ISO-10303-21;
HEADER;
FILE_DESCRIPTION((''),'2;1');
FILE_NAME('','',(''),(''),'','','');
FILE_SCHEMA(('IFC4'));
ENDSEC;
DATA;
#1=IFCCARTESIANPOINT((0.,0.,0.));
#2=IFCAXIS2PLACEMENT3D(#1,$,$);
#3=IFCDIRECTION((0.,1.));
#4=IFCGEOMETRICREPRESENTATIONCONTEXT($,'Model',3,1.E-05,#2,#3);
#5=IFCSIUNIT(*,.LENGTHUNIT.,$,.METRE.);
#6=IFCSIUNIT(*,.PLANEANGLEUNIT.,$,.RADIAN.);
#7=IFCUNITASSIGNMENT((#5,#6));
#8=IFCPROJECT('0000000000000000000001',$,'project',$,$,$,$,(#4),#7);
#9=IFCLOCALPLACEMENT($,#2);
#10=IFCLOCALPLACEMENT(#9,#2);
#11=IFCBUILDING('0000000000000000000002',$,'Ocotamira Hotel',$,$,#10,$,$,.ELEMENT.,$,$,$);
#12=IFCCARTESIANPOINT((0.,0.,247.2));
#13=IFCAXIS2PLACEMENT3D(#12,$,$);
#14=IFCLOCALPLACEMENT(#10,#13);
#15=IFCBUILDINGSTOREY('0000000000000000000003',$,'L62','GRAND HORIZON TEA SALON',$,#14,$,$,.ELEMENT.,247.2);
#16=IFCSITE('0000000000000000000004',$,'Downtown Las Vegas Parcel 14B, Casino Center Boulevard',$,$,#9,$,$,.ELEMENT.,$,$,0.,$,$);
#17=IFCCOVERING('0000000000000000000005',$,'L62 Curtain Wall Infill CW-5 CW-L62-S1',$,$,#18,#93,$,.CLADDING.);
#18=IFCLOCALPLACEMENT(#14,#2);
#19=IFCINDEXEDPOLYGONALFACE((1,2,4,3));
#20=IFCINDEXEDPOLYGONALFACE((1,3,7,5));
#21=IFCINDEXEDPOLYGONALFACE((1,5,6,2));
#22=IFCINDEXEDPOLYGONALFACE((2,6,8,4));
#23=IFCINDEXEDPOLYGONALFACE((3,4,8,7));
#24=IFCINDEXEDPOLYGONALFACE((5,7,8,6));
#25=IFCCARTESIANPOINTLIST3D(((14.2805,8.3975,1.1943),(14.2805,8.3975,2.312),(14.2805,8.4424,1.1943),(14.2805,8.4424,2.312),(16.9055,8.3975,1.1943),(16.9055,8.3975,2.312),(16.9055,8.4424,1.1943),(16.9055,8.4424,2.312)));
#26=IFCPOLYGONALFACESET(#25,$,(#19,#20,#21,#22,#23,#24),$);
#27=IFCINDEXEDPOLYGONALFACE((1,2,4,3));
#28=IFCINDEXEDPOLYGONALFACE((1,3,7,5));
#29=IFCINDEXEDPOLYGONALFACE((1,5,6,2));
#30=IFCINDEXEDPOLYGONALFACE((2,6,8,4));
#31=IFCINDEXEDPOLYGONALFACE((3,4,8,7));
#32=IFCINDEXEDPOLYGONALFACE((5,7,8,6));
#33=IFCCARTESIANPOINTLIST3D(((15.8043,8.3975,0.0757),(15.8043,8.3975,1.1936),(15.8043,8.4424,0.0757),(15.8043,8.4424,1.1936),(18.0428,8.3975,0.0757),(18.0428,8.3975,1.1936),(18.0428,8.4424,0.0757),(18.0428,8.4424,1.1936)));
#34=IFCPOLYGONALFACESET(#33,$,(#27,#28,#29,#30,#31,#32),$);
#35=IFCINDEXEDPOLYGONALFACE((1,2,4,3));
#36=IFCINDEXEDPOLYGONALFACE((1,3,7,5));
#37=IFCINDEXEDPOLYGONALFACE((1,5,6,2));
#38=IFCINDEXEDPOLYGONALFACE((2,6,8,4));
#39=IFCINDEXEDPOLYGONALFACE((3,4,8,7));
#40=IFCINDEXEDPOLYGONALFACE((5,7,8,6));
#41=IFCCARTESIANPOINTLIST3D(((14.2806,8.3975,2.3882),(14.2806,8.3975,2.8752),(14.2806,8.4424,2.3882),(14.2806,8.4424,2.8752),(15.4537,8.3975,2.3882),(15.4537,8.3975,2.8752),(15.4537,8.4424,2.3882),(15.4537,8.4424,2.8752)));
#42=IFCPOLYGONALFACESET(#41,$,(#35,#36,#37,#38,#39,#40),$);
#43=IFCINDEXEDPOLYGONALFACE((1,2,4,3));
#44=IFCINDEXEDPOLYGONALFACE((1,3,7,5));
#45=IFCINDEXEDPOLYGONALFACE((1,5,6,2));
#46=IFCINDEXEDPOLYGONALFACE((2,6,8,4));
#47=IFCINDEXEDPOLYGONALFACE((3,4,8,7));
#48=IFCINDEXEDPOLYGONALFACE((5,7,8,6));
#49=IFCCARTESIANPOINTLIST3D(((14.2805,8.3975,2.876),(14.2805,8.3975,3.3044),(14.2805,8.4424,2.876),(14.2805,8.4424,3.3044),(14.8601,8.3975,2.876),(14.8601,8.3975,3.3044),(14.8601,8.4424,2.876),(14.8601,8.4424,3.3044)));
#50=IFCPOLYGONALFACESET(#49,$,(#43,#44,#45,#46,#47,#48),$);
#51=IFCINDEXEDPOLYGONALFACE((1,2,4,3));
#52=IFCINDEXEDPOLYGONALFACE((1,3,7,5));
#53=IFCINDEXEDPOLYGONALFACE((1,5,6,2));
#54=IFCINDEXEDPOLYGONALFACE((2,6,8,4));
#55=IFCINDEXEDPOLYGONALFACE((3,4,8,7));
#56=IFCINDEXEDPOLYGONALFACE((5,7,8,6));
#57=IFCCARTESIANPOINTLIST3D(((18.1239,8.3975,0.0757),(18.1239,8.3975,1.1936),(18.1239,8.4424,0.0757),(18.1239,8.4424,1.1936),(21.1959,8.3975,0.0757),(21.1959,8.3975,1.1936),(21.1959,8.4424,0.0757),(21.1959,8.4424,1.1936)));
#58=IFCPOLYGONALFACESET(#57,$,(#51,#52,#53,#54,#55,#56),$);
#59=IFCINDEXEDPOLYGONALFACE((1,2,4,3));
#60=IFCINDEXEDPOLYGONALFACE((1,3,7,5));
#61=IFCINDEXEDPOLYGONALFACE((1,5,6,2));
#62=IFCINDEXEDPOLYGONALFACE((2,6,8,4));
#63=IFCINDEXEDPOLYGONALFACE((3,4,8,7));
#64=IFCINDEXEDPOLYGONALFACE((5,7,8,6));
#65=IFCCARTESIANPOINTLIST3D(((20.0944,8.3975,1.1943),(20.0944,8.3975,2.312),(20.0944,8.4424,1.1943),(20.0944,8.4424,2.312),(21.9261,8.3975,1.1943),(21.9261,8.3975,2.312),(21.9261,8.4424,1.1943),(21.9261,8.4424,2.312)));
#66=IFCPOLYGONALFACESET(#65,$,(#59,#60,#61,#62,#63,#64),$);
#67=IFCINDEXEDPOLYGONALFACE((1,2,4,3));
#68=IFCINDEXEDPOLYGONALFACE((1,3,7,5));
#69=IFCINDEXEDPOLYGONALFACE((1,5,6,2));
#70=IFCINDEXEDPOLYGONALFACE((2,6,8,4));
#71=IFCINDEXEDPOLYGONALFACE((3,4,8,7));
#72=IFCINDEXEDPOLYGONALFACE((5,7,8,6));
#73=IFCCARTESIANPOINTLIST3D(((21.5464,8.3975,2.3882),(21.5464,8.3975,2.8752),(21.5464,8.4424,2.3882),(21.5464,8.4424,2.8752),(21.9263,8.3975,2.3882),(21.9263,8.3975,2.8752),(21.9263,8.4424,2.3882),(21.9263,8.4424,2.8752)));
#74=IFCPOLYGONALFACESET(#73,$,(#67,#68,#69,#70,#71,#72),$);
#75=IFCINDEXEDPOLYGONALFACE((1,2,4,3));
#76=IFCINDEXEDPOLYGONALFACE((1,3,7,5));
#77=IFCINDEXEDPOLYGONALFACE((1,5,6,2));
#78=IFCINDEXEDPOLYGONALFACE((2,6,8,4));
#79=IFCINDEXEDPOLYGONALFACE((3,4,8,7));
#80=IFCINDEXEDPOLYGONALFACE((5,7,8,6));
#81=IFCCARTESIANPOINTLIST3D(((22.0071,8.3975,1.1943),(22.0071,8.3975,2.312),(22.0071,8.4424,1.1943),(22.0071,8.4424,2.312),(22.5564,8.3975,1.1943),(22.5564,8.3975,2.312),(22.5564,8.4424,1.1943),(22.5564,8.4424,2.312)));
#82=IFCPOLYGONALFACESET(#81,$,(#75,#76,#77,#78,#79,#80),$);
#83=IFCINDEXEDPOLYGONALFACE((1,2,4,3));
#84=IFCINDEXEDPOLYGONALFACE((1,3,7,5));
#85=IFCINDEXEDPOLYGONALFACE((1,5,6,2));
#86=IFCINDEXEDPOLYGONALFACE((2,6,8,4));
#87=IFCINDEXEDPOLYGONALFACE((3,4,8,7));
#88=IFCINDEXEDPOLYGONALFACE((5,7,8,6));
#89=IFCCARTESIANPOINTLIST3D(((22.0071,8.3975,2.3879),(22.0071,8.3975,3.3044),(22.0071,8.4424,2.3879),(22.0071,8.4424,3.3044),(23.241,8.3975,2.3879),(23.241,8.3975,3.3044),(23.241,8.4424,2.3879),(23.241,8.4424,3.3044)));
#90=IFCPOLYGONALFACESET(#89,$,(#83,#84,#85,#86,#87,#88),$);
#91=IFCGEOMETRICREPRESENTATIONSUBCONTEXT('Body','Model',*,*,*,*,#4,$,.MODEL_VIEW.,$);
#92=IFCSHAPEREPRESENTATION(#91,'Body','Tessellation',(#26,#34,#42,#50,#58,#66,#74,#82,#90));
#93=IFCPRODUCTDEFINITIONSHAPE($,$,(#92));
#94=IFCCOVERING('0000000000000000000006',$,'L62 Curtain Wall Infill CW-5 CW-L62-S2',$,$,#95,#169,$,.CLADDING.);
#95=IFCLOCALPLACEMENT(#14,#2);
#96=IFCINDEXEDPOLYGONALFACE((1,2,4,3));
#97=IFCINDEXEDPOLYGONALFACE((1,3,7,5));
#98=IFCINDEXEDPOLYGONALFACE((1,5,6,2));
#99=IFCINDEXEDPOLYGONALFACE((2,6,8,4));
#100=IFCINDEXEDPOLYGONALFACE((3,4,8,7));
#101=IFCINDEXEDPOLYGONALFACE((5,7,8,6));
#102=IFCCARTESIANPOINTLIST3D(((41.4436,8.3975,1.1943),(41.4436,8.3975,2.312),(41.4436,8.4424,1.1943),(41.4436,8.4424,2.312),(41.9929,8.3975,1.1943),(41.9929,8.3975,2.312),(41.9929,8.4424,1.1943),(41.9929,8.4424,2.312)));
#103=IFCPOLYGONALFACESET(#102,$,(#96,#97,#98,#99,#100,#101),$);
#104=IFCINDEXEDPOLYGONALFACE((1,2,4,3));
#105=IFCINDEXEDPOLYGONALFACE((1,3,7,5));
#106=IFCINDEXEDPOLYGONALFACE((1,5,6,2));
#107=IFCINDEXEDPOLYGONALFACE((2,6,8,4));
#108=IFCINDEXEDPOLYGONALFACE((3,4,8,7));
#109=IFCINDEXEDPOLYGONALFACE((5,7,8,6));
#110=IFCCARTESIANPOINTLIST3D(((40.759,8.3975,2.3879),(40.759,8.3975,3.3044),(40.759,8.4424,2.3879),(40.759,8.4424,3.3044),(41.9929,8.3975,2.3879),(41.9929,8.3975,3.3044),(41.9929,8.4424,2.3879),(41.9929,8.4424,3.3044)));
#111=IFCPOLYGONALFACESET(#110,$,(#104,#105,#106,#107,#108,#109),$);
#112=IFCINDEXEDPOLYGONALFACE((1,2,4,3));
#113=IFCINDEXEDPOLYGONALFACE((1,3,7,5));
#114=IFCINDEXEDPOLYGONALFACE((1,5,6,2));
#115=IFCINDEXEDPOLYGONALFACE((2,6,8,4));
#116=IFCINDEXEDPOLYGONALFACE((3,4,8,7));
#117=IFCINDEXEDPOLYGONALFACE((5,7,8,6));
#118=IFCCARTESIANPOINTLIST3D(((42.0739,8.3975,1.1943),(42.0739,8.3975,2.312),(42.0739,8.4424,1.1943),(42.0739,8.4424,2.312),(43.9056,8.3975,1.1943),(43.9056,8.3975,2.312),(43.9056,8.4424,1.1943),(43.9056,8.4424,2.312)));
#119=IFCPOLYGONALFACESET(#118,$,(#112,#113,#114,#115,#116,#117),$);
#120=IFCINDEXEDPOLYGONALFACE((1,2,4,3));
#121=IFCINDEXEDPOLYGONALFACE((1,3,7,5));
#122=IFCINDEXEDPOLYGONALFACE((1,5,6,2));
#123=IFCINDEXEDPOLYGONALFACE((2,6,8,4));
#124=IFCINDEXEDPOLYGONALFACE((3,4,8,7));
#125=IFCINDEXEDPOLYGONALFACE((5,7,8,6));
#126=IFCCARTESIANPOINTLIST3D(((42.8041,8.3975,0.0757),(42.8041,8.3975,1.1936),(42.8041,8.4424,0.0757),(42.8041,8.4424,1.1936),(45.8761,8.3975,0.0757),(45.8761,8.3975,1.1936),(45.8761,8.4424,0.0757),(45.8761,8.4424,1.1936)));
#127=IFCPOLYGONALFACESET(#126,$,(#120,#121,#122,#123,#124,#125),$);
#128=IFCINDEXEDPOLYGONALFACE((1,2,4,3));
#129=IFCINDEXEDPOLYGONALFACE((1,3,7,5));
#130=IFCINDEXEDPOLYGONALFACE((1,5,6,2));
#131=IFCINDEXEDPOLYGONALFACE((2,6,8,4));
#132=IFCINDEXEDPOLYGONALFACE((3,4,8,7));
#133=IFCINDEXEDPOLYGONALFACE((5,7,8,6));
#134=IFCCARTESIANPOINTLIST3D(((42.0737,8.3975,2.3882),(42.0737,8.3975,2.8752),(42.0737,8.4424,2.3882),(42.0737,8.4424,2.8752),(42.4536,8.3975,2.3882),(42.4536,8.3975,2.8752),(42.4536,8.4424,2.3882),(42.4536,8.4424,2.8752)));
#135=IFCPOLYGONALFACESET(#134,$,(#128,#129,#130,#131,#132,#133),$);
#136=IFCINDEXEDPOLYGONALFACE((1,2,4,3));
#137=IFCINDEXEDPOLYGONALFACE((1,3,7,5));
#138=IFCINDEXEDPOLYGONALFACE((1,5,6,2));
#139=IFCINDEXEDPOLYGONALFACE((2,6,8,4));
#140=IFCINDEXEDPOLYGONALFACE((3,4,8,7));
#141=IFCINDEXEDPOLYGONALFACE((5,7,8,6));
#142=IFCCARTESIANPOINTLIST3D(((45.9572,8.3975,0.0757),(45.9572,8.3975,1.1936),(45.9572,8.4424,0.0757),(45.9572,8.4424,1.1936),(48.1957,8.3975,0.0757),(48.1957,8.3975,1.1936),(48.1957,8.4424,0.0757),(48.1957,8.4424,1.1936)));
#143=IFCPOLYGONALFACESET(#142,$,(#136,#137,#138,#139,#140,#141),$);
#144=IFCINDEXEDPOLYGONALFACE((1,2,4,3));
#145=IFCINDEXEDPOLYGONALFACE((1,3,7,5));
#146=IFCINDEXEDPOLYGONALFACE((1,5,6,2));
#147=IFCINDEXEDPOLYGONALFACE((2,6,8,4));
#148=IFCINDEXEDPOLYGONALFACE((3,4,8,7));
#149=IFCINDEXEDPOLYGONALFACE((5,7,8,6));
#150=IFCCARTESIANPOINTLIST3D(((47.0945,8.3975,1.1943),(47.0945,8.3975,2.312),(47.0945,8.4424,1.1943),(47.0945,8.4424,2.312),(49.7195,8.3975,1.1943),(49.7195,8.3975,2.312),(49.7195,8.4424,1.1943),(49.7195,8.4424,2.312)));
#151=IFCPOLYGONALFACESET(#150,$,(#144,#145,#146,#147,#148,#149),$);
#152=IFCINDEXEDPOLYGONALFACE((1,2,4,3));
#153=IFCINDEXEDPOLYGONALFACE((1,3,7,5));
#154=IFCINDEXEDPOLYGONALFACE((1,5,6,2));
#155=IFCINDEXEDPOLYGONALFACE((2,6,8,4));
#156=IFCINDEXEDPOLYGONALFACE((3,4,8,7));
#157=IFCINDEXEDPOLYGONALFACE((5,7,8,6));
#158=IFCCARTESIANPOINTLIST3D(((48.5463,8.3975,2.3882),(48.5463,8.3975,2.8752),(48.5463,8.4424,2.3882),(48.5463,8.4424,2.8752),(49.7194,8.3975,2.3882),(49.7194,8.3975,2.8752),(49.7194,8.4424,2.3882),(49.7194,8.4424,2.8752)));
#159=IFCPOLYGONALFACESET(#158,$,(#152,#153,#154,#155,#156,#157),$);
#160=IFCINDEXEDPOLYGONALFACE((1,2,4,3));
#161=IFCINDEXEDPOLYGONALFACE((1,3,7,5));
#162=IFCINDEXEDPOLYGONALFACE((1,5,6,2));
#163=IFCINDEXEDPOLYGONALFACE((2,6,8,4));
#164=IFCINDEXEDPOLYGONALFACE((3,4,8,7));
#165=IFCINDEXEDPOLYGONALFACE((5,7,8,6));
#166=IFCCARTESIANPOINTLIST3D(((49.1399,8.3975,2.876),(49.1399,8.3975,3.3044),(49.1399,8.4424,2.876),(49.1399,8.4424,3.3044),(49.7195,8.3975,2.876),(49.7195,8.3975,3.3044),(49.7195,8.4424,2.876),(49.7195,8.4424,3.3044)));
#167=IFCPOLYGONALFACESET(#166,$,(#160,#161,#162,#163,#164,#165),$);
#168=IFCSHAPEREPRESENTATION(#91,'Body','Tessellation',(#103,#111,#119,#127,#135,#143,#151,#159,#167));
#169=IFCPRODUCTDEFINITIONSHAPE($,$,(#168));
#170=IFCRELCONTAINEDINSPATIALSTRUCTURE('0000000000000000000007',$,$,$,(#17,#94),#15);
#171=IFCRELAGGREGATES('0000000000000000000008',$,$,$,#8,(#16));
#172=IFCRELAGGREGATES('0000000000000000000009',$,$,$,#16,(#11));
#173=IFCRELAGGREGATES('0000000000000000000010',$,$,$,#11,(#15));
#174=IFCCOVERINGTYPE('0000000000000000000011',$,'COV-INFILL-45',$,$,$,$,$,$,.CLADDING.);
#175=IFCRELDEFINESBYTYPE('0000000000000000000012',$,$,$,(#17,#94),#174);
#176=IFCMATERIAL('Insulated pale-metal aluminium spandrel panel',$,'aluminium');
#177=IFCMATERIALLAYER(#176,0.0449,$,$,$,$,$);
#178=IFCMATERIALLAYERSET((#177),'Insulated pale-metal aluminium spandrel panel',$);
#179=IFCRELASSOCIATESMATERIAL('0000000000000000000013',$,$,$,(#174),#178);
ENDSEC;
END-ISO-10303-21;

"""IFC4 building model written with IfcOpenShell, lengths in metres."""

from ifc_helpers import new_model, si_unit, direction, frame, origin, origin_2d, place, context, subcontext, project, spatial, rectangle, extrude, material, layer, layer_set, type_object, element, save


model = new_model("IFC4")

# Units and contexts
model_context = context("Model", 3, precision=1e-05, world=origin(), true_north=direction((0.0, 1.0)))
body_context = subcontext(model_context, "Body", "Model", "MODEL_VIEW")
ifc_project = project(units=[si_unit("LENGTHUNIT", "METRE"), si_unit("PLANEANGLEUNIT", "RADIAN")], contexts=[model_context])

# Site, building, storey
site_placement = place(None, origin())
site = spatial("IfcSite", under=ifc_project, at=site_placement, Name="Downtown Las Vegas Parcel 14B, Casino Center Boulevard", CompositionType="ELEMENT", RefElevation=0.0)
building_placement = place(site_placement, origin())
building = spatial("IfcBuilding", under=site, at=building_placement, Name="Ocotamira Hotel", CompositionType="ELEMENT")
storey_placement = place(building_placement, frame((0.0, 0.0, 247.2)))
storey = spatial("IfcBuildingStorey", under=building, at=storey_placement, Name="L62", Description="GRAND HORIZON TEA SALON", CompositionType="ELEMENT", Elevation=247.2)

# Coverings
ifc_material_1 = material(Name="Insulated pale-metal aluminium spandrel panel", Category="aluminium")
ifc_layer_1 = layer(ifc_material_1, 0.0449)
ifc_layer_set_1 = layer_set([ifc_layer_1], Name="Insulated pale-metal aluminium spandrel panel")
covering_type_1 = type_object("IfcCoveringType", Name="COV-INFILL-45", PredefinedType="CLADDING", material=ifc_layer_set_1)
covering_1_placement = place(storey_placement, origin())
element("IfcCovering", 1, at=covering_1_placement, inside=storey, type_object=covering_type_1, Name="L62 Curtain Wall Infill CW-5 CW-L62-S1", PredefinedType="CLADDING", context=body_context, shape_type="SweptSolid", body=[
    extrude(rectangle(XDim=2.625, YDim=0.0449, at=origin_2d()), frame((15.593, 8.4199, 1.1943), z_axis=(0.0, 0.0, 1.0), x_axis=(1.0, 0.0, 0.0)), (0.0, 0.0, 1.0), 1.1177),
    extrude(rectangle(XDim=2.2385, YDim=0.0449, at=origin_2d()), frame((16.9236, 8.4199, 0.0757), z_axis=(0.0, 0.0, 1.0), x_axis=(1.0, 0.0, 0.0)), (0.0, 0.0, 1.0), 1.1179),
    extrude(rectangle(XDim=1.1731, YDim=0.0449, at=origin_2d()), frame((14.8672, 8.4199, 2.3882), z_axis=(0.0, 0.0, 1.0), x_axis=(1.0, 0.0, 0.0)), (0.0, 0.0, 1.0), 0.4871),
    extrude(rectangle(XDim=0.5796, YDim=0.0449, at=origin_2d()), frame((14.5703, 8.4199, 2.876), z_axis=(0.0, 0.0, 1.0), x_axis=(1.0, 0.0, 0.0)), (0.0, 0.0, 1.0), 0.4285),
    extrude(rectangle(XDim=3.072, YDim=0.0449, at=origin_2d()), frame((19.6599, 8.4199, 0.0757), z_axis=(0.0, 0.0, 1.0), x_axis=(1.0, 0.0, 0.0)), (0.0, 0.0, 1.0), 1.1179),
    extrude(rectangle(XDim=1.8318, YDim=0.0449, at=origin_2d()), frame((21.0103, 8.4199, 1.1943), z_axis=(0.0, 0.0, 1.0), x_axis=(1.0, 0.0, 0.0)), (0.0, 0.0, 1.0), 1.1177),
    extrude(rectangle(XDim=0.3799, YDim=0.0449, at=origin_2d()), frame((21.7363, 8.4199, 2.3882), z_axis=(0.0, 0.0, 1.0), x_axis=(1.0, 0.0, 0.0)), (0.0, 0.0, 1.0), 0.4871),
    extrude(rectangle(XDim=0.5493, YDim=0.0449, at=origin_2d()), frame((22.2817, 8.4199, 1.1943), z_axis=(0.0, 0.0, 1.0), x_axis=(1.0, 0.0, 0.0)), (0.0, 0.0, 1.0), 1.1177),
    extrude(rectangle(XDim=1.2339, YDim=0.0449, at=origin_2d()), frame((22.624, 8.4199, 2.3879), z_axis=(0.0, 0.0, 1.0), x_axis=(1.0, 0.0, 0.0)), (0.0, 0.0, 1.0), 0.9165),
])
covering_2_placement = place(storey_placement, origin())
element("IfcCovering", 2, at=covering_2_placement, inside=storey, type_object=covering_type_1, Name="L62 Curtain Wall Infill CW-5 CW-L62-S2", PredefinedType="CLADDING", context=body_context, shape_type="SweptSolid", body=[
    extrude(rectangle(XDim=0.5493, YDim=0.0449, at=origin_2d()), frame((41.7183, 8.4199, 1.1943), z_axis=(0.0, 0.0, 1.0), x_axis=(1.0, 0.0, 0.0)), (0.0, 0.0, 1.0), 1.1177),
    extrude(rectangle(XDim=1.2339, YDim=0.0449, at=origin_2d()), frame((41.376, 8.4199, 2.3879), z_axis=(0.0, 0.0, 1.0), x_axis=(1.0, 0.0, 0.0)), (0.0, 0.0, 1.0), 0.9165),
    extrude(rectangle(XDim=1.8318, YDim=0.0449, at=origin_2d()), frame((42.9897, 8.4199, 1.1943), z_axis=(0.0, 0.0, 1.0), x_axis=(1.0, 0.0, 0.0)), (0.0, 0.0, 1.0), 1.1177),
    extrude(rectangle(XDim=3.072, YDim=0.0449, at=origin_2d()), frame((44.3401, 8.4199, 0.0757), z_axis=(0.0, 0.0, 1.0), x_axis=(1.0, 0.0, 0.0)), (0.0, 0.0, 1.0), 1.1179),
    extrude(rectangle(XDim=0.3799, YDim=0.0449, at=origin_2d()), frame((42.2637, 8.4199, 2.3882), z_axis=(0.0, 0.0, 1.0), x_axis=(1.0, 0.0, 0.0)), (0.0, 0.0, 1.0), 0.4871),
    extrude(rectangle(XDim=2.2385, YDim=0.0449, at=origin_2d()), frame((47.0764, 8.4199, 0.0757), z_axis=(0.0, 0.0, 1.0), x_axis=(1.0, 0.0, 0.0)), (0.0, 0.0, 1.0), 1.1179),
    extrude(rectangle(XDim=2.625, YDim=0.0449, at=origin_2d()), frame((48.407, 8.4199, 1.1943), z_axis=(0.0, 0.0, 1.0), x_axis=(1.0, 0.0, 0.0)), (0.0, 0.0, 1.0), 1.1177),
    extrude(rectangle(XDim=1.1731, YDim=0.0449, at=origin_2d()), frame((49.1328, 8.4199, 2.3882), z_axis=(0.0, 0.0, 1.0), x_axis=(1.0, 0.0, 0.0)), (0.0, 0.0, 1.0), 0.4871),
    extrude(rectangle(XDim=0.5796, YDim=0.0449, at=origin_2d()), frame((49.4297, 8.4199, 2.876), z_axis=(0.0, 0.0, 1.0), x_axis=(1.0, 0.0, 0.0)), (0.0, 0.0, 1.0), 0.4285),
])

save(model, "model.ifc")
